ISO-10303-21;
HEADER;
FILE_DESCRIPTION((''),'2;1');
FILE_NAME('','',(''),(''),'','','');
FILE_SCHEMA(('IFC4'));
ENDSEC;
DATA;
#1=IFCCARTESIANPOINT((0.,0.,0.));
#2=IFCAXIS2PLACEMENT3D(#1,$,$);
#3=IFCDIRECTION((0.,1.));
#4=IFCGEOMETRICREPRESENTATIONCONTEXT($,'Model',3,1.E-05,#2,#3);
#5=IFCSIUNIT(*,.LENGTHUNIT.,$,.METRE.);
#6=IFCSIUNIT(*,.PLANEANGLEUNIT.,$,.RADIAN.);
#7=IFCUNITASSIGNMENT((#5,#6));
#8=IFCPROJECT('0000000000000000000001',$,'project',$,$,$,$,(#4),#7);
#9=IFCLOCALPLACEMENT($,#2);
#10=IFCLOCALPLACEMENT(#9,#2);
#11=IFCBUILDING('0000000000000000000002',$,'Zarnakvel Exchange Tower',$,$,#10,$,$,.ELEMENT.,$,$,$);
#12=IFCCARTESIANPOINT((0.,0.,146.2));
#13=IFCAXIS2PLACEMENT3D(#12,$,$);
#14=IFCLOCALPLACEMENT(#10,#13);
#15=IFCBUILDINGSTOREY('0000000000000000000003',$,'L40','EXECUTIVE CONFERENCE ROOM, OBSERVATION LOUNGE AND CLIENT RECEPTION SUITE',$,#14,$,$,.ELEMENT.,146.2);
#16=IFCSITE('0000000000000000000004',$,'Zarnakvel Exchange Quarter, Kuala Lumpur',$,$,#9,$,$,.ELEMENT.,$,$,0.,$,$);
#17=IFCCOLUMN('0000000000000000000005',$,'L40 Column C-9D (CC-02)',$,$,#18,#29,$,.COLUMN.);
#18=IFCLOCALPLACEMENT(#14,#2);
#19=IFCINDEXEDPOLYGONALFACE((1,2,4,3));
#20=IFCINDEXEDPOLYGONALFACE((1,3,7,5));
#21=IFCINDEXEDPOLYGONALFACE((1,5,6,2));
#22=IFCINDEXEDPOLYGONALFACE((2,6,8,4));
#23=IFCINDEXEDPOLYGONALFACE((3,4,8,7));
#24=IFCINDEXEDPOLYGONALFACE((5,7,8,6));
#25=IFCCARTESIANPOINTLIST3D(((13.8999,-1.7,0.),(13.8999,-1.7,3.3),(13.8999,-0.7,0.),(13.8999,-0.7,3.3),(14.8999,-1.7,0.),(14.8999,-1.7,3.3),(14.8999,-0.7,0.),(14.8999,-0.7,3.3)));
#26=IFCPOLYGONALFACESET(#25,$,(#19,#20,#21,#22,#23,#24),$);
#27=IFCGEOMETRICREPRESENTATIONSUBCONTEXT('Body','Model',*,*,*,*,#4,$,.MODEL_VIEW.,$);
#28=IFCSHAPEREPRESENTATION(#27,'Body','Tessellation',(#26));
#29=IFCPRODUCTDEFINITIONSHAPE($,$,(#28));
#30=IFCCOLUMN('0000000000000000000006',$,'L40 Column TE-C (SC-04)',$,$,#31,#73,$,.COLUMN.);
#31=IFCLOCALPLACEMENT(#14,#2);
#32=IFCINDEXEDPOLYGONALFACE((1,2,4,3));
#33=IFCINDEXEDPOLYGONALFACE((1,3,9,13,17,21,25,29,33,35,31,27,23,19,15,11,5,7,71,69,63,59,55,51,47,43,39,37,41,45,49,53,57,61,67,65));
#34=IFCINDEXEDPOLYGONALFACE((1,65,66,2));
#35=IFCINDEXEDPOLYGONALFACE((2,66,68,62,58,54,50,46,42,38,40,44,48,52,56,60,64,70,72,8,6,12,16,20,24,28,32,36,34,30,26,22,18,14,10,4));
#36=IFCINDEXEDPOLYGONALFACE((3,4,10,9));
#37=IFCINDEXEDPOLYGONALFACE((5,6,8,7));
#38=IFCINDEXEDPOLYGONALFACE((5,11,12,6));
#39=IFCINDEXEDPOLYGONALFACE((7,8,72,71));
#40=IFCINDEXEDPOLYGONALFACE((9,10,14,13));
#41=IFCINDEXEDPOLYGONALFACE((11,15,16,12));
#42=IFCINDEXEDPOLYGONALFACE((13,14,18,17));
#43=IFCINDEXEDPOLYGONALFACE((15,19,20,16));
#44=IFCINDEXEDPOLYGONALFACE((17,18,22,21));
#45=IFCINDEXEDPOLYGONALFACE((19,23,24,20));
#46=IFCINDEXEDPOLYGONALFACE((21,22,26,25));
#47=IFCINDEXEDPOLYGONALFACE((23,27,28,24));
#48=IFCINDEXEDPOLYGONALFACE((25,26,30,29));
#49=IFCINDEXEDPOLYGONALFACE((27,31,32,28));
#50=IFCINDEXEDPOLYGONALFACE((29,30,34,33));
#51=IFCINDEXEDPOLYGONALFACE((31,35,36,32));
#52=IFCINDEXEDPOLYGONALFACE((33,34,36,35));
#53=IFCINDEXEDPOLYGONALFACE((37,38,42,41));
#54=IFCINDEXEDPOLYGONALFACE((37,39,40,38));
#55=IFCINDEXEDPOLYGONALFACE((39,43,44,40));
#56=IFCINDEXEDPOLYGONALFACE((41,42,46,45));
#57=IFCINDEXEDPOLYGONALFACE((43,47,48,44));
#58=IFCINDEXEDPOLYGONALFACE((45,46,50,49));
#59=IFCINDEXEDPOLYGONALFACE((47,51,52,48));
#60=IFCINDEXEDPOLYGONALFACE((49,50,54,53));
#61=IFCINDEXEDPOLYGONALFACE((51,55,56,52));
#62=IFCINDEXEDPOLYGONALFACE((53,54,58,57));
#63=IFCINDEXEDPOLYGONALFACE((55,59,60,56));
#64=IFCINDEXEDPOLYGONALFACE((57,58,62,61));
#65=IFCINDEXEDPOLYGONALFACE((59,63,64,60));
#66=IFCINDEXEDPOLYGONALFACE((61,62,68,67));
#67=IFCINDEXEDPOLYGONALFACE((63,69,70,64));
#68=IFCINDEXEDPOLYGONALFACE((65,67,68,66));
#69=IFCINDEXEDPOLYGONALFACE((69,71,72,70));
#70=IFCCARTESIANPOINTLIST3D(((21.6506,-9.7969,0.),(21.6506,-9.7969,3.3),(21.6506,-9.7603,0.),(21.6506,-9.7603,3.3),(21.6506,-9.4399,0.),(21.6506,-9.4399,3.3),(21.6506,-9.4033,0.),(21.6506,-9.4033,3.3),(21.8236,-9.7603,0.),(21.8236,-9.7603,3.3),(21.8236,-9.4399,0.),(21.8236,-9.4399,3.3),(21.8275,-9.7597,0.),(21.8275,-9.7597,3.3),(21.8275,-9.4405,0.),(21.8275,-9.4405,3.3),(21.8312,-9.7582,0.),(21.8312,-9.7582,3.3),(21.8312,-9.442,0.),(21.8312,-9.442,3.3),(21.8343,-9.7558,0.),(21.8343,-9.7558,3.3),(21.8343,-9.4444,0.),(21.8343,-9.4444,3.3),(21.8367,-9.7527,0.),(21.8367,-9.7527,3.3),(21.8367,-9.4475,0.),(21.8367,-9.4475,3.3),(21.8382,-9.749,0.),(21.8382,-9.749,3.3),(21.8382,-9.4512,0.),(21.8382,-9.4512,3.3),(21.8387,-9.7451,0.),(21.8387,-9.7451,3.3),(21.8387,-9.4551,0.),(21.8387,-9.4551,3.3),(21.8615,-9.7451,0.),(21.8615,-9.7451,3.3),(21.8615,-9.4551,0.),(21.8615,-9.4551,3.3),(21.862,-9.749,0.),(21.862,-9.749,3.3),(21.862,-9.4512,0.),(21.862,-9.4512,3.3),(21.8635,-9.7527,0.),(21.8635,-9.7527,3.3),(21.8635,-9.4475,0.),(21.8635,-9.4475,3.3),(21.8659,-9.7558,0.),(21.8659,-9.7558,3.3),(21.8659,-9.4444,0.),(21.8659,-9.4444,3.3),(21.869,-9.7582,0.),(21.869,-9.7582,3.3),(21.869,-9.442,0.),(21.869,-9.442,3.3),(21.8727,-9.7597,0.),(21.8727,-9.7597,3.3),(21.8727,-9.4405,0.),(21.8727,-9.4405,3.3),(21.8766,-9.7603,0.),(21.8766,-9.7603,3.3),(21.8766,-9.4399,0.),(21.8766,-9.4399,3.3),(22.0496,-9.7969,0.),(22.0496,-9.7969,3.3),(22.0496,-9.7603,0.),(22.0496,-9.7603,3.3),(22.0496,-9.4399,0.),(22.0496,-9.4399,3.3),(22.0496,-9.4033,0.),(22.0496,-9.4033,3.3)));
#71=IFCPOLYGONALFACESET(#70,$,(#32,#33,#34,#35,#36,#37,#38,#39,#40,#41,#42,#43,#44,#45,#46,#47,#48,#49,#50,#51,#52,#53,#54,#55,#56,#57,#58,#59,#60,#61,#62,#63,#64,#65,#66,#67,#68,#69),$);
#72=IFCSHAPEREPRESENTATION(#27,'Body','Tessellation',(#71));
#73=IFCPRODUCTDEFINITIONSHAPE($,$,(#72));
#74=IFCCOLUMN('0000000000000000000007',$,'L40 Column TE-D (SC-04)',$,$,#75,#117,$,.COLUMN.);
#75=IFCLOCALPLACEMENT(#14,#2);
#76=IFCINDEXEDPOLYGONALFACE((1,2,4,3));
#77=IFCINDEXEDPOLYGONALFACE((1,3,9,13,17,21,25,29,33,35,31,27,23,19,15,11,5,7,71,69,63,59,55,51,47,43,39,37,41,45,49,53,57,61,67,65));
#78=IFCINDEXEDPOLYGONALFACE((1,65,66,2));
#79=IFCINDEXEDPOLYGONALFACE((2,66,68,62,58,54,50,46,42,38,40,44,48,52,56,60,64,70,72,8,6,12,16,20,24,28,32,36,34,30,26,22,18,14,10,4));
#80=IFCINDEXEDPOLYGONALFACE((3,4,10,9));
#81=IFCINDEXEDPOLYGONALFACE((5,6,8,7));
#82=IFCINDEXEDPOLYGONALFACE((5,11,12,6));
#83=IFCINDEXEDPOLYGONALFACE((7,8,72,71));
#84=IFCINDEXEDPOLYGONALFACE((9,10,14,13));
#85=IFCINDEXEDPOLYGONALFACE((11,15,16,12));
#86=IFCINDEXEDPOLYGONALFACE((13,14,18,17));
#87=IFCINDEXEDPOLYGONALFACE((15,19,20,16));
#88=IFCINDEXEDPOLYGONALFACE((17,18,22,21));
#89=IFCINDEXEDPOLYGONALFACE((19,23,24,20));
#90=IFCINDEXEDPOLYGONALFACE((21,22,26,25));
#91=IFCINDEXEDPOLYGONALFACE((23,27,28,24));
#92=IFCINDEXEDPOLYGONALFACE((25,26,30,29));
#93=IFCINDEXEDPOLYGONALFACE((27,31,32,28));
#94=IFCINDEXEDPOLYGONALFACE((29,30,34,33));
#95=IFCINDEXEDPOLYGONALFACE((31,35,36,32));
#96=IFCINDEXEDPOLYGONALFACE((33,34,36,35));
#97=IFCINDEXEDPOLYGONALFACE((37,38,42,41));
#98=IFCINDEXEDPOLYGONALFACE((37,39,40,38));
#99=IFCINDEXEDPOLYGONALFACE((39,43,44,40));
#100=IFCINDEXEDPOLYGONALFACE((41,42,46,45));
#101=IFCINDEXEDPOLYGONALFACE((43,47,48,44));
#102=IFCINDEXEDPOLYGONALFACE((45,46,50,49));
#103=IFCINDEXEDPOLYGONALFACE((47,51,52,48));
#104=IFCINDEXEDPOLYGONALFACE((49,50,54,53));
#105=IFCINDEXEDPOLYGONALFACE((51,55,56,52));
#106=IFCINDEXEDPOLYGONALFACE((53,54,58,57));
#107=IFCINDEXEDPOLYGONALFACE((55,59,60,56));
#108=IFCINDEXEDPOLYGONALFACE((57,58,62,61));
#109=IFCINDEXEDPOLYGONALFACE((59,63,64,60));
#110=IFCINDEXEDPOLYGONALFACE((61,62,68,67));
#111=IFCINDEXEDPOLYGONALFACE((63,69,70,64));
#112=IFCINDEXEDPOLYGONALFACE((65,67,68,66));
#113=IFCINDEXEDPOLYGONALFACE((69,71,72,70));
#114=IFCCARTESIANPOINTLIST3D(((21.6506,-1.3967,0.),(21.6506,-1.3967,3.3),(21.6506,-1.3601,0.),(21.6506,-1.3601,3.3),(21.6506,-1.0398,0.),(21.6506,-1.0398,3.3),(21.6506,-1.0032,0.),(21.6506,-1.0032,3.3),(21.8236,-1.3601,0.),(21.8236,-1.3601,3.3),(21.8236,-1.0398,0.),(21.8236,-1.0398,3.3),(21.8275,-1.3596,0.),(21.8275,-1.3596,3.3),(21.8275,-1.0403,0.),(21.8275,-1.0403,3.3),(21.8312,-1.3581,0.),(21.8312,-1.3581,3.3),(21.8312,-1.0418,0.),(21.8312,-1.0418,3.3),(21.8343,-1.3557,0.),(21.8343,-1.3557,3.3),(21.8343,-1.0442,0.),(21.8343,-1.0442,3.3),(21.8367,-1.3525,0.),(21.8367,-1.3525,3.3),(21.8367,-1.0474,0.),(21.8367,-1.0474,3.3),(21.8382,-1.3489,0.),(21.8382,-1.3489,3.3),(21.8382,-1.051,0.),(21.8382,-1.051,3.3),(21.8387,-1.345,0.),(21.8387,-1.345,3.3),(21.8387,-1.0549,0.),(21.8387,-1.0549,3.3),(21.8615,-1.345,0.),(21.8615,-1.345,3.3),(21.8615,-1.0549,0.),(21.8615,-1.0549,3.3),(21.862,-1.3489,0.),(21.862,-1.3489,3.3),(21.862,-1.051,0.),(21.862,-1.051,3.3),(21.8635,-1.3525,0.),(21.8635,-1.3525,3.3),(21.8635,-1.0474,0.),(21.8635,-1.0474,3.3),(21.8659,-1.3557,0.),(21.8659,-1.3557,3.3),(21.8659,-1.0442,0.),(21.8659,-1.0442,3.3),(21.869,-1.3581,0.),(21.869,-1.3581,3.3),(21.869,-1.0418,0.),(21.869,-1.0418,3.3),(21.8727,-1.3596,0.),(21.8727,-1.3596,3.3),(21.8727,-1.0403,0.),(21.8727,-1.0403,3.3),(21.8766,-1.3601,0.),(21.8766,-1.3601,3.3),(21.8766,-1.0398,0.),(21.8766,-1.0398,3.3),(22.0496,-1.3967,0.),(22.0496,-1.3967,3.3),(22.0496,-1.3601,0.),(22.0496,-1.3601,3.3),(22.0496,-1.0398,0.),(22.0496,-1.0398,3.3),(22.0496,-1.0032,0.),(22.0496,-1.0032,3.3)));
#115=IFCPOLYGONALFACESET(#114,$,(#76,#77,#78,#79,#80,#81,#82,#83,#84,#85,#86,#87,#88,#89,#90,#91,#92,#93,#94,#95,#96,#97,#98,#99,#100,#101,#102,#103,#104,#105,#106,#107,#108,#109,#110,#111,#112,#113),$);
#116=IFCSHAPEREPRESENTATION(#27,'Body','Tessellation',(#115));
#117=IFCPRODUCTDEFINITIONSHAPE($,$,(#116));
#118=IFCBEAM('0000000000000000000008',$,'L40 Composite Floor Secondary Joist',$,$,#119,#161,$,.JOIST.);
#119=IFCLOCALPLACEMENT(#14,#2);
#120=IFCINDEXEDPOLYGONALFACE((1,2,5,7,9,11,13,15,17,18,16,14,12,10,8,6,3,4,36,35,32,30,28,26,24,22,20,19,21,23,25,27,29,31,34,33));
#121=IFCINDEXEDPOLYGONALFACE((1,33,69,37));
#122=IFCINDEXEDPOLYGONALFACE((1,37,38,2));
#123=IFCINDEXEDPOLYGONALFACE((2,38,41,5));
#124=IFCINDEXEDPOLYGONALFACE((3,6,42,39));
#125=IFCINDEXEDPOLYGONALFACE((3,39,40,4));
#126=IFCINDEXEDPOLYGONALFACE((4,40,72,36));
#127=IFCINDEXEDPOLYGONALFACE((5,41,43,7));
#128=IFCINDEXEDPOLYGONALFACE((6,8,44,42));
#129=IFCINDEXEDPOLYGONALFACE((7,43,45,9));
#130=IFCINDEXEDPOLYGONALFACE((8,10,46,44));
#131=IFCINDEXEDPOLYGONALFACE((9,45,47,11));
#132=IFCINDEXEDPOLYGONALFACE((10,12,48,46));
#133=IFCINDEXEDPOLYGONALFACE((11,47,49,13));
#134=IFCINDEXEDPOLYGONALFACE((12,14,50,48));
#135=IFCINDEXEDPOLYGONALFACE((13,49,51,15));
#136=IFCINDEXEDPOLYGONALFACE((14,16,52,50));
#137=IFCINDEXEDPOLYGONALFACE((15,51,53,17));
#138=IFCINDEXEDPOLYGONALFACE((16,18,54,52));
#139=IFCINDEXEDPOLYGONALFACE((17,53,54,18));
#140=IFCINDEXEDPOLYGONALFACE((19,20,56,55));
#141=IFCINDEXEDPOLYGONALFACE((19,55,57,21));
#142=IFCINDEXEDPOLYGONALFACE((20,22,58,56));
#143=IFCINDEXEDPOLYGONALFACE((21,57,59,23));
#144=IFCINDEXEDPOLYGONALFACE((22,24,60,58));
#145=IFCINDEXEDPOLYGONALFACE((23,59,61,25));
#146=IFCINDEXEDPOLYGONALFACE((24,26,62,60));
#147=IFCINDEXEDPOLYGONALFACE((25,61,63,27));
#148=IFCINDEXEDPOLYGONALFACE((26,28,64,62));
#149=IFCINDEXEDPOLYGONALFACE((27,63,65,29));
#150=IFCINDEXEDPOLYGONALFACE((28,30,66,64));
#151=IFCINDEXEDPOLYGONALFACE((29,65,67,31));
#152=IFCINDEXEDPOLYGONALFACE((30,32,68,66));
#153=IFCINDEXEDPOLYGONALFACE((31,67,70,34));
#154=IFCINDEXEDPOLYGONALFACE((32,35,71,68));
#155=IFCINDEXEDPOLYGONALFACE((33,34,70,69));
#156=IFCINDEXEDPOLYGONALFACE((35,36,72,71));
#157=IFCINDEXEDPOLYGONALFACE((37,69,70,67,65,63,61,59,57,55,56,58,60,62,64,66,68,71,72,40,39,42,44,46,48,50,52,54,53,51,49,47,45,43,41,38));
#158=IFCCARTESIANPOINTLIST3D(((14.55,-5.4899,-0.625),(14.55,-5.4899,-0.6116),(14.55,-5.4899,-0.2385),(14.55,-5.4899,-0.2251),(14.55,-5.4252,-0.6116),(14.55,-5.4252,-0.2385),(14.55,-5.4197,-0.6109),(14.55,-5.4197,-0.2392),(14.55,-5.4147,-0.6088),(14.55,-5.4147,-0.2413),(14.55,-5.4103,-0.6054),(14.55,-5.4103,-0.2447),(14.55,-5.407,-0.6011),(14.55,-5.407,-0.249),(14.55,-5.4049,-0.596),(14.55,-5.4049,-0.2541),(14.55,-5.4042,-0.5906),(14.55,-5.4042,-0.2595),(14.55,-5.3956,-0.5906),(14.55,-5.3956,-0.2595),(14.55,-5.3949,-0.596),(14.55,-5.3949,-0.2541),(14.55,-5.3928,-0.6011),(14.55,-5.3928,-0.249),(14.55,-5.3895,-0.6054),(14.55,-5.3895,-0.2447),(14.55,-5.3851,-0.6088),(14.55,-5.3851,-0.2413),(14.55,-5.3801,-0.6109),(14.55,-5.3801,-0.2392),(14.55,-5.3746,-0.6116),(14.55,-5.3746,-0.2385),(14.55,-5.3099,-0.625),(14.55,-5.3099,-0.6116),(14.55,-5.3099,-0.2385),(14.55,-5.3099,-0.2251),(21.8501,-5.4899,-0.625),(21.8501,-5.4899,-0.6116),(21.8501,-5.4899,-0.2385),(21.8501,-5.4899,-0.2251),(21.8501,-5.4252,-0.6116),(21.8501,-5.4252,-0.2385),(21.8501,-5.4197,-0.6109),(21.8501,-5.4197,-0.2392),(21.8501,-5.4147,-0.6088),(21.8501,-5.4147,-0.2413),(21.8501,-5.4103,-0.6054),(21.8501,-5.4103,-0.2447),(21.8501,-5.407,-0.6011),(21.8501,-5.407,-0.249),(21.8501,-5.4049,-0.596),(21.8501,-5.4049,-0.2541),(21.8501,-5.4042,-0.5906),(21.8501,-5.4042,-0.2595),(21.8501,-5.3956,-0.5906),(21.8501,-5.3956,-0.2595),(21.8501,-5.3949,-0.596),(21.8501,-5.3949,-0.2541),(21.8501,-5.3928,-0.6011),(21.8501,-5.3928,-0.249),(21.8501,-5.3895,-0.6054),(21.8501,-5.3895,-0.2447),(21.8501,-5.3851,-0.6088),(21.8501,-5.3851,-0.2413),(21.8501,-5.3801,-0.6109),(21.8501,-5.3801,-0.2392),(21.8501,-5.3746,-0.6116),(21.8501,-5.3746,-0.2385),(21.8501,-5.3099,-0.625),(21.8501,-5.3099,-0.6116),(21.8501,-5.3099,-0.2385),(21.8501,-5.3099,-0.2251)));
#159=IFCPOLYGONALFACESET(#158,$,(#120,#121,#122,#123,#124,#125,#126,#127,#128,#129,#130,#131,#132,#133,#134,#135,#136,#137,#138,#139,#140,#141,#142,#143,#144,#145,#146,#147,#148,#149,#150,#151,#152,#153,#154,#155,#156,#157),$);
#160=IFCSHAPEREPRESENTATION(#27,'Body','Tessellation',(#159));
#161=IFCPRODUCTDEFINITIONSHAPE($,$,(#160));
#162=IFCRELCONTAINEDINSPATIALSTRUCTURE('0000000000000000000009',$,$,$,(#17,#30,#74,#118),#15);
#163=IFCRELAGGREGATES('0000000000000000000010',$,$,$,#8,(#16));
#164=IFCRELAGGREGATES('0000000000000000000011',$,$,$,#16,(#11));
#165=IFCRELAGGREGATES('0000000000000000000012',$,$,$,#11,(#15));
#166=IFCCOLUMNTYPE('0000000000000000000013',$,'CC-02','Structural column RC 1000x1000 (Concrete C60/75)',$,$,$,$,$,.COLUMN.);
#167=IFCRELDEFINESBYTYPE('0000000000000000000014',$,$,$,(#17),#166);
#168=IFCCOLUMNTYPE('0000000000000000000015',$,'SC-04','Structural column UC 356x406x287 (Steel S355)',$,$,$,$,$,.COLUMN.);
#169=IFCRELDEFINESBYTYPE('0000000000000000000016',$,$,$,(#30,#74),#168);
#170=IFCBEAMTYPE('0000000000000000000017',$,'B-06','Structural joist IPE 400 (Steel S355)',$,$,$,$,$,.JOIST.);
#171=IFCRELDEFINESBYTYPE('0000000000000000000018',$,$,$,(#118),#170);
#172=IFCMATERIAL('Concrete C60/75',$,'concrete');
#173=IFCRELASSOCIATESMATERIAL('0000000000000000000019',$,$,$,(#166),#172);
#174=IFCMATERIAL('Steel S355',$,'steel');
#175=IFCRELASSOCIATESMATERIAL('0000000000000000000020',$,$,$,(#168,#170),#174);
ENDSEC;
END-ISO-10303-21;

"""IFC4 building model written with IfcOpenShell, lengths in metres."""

from ifc_helpers import new_model, si_unit, direction, frame, origin, origin_2d, place, context, subcontext, project, spatial, rectangle, i_section, extrude, material, material_profile, profile_set, type_object, element, save


model = new_model("IFC4")

# Units and contexts
model_context = context("Model", 3, precision=1e-05, world=origin(), true_north=direction((0.0, 1.0)))
body_context = subcontext(model_context, "Body", "Model", "MODEL_VIEW")
ifc_project = project(units=[si_unit("LENGTHUNIT", "METRE"), si_unit("PLANEANGLEUNIT", "RADIAN")], contexts=[model_context])

# Site, building, storey
site_placement = place(None, origin())
site = spatial("IfcSite", under=ifc_project, at=site_placement, Name="Zarnakvel Exchange Quarter, Kuala Lumpur", CompositionType="ELEMENT", RefElevation=0.0)
building_placement = place(site_placement, origin())
building = spatial("IfcBuilding", under=site, at=building_placement, Name="Zarnakvel Exchange Tower", CompositionType="ELEMENT")
storey_placement = place(building_placement, frame((0.0, 0.0, 146.2)))
storey = spatial("IfcBuildingStorey", under=building, at=storey_placement, Name="L40", Description="EXECUTIVE CONFERENCE ROOM, OBSERVATION LOUNGE AND CLIENT RECEPTION SUITE", CompositionType="ELEMENT", Elevation=146.2)

# Columns
ifc_material_1 = material(Name="Concrete C60/75", Category="concrete")
ifc_material_profile_1 = material_profile(ifc_material_1, rectangle(XDim=1.0, YDim=1.0, at=origin_2d()))
ifc_profile_set_1 = profile_set([ifc_material_profile_1], Name="Concrete C60/75")
column_type_1 = type_object("IfcColumnType", Name="CC-02", Description="Structural column RC 1000x1000 (Concrete C60/75)", PredefinedType="COLUMN", material=ifc_profile_set_1)
column_placement = place(storey_placement, frame((14.3999, -1.2, 0.0), z_axis=(0.0, 0.0, 1.0), x_axis=(1.0, 0.0, 0.0)))
element("IfcColumn", 1, at=column_placement, inside=storey, type_object=column_type_1, Name="L40 Column C-9D (CC-02)", PredefinedType="COLUMN", context=body_context, shape_type="SweptSolid", body=[
    extrude(rectangle(XDim=1.0, YDim=1.0, at=origin_2d()), origin(), (0.0, 0.0, 1.0), 3.3),
])
ifc_material_2 = material(Name="Steel S355", Category="steel")
ifc_material_profile_2 = material_profile(ifc_material_2, i_section(OverallWidth=0.3989, OverallDepth=0.3936, WebThickness=0.0227, FlangeThickness=0.0366, FilletRadius=0.0151, at=origin_2d()))
ifc_profile_set_2 = profile_set([ifc_material_profile_2], Name="Steel S355")
column_type_2 = type_object("IfcColumnType", Name="SC-04", Description="Structural column UC 356x406x287 (Steel S355)", PredefinedType="COLUMN", material=ifc_profile_set_2)
for number, where, z_axis, x_axis, name in (
    (2, (21.8501, -9.6001, 0.0), (0.0, 0.0, 1.0), (1.0, 0.0, 0.0), "L40 Column TE-C (SC-04)"),
    (3, (21.8501, -1.2, 0.0), (0.0, 0.0, 1.0), (1.0, 0.0, 0.0), "L40 Column TE-D (SC-04)"),
):
    element("IfcColumn", number, at=place(storey_placement, frame(where, z_axis=z_axis, x_axis=x_axis)), inside=storey, type_object=column_type_2, Name=name, PredefinedType="COLUMN", context=body_context, shape_type="SweptSolid", body=[
        extrude(i_section(OverallWidth=0.3989, OverallDepth=0.3936, WebThickness=0.0227, FlangeThickness=0.0366, FilletRadius=0.0151, at=origin_2d()), origin(), (0.0, 0.0, 1.0), 3.3),
    ])

# Beam
ifc_material_profile_3 = material_profile(ifc_material_2, i_section(OverallWidth=0.1799, OverallDepth=0.3999, WebThickness=0.0085, FlangeThickness=0.0134, FilletRadius=0.021, at=origin_2d()))
ifc_profile_set_3 = profile_set([ifc_material_profile_3], Name="Steel S355")
beam_type_1 = type_object("IfcBeamType", Name="B-06", Description="Structural joist IPE 400 (Steel S355)", PredefinedType="JOIST", material=ifc_profile_set_3)
beam_1_placement = place(storey_placement, frame((14.55, -5.3999, -0.425), z_axis=(1.0, 0.0, 0.0), x_axis=(0.0, 1.0, 0.0)))
element("IfcBeam", 4, at=beam_1_placement, inside=storey, type_object=beam_type_1, Name="L40 Composite Floor Secondary Joist", PredefinedType="JOIST", context=body_context, shape_type="SweptSolid", body=[
    extrude(i_section(OverallWidth=0.1799, OverallDepth=0.3999, WebThickness=0.0085, FlangeThickness=0.0134, FilletRadius=0.021, at=origin_2d()), origin(), (0.0, 0.0, 1.0), 7.3),
])

save(model, "model.ifc")
